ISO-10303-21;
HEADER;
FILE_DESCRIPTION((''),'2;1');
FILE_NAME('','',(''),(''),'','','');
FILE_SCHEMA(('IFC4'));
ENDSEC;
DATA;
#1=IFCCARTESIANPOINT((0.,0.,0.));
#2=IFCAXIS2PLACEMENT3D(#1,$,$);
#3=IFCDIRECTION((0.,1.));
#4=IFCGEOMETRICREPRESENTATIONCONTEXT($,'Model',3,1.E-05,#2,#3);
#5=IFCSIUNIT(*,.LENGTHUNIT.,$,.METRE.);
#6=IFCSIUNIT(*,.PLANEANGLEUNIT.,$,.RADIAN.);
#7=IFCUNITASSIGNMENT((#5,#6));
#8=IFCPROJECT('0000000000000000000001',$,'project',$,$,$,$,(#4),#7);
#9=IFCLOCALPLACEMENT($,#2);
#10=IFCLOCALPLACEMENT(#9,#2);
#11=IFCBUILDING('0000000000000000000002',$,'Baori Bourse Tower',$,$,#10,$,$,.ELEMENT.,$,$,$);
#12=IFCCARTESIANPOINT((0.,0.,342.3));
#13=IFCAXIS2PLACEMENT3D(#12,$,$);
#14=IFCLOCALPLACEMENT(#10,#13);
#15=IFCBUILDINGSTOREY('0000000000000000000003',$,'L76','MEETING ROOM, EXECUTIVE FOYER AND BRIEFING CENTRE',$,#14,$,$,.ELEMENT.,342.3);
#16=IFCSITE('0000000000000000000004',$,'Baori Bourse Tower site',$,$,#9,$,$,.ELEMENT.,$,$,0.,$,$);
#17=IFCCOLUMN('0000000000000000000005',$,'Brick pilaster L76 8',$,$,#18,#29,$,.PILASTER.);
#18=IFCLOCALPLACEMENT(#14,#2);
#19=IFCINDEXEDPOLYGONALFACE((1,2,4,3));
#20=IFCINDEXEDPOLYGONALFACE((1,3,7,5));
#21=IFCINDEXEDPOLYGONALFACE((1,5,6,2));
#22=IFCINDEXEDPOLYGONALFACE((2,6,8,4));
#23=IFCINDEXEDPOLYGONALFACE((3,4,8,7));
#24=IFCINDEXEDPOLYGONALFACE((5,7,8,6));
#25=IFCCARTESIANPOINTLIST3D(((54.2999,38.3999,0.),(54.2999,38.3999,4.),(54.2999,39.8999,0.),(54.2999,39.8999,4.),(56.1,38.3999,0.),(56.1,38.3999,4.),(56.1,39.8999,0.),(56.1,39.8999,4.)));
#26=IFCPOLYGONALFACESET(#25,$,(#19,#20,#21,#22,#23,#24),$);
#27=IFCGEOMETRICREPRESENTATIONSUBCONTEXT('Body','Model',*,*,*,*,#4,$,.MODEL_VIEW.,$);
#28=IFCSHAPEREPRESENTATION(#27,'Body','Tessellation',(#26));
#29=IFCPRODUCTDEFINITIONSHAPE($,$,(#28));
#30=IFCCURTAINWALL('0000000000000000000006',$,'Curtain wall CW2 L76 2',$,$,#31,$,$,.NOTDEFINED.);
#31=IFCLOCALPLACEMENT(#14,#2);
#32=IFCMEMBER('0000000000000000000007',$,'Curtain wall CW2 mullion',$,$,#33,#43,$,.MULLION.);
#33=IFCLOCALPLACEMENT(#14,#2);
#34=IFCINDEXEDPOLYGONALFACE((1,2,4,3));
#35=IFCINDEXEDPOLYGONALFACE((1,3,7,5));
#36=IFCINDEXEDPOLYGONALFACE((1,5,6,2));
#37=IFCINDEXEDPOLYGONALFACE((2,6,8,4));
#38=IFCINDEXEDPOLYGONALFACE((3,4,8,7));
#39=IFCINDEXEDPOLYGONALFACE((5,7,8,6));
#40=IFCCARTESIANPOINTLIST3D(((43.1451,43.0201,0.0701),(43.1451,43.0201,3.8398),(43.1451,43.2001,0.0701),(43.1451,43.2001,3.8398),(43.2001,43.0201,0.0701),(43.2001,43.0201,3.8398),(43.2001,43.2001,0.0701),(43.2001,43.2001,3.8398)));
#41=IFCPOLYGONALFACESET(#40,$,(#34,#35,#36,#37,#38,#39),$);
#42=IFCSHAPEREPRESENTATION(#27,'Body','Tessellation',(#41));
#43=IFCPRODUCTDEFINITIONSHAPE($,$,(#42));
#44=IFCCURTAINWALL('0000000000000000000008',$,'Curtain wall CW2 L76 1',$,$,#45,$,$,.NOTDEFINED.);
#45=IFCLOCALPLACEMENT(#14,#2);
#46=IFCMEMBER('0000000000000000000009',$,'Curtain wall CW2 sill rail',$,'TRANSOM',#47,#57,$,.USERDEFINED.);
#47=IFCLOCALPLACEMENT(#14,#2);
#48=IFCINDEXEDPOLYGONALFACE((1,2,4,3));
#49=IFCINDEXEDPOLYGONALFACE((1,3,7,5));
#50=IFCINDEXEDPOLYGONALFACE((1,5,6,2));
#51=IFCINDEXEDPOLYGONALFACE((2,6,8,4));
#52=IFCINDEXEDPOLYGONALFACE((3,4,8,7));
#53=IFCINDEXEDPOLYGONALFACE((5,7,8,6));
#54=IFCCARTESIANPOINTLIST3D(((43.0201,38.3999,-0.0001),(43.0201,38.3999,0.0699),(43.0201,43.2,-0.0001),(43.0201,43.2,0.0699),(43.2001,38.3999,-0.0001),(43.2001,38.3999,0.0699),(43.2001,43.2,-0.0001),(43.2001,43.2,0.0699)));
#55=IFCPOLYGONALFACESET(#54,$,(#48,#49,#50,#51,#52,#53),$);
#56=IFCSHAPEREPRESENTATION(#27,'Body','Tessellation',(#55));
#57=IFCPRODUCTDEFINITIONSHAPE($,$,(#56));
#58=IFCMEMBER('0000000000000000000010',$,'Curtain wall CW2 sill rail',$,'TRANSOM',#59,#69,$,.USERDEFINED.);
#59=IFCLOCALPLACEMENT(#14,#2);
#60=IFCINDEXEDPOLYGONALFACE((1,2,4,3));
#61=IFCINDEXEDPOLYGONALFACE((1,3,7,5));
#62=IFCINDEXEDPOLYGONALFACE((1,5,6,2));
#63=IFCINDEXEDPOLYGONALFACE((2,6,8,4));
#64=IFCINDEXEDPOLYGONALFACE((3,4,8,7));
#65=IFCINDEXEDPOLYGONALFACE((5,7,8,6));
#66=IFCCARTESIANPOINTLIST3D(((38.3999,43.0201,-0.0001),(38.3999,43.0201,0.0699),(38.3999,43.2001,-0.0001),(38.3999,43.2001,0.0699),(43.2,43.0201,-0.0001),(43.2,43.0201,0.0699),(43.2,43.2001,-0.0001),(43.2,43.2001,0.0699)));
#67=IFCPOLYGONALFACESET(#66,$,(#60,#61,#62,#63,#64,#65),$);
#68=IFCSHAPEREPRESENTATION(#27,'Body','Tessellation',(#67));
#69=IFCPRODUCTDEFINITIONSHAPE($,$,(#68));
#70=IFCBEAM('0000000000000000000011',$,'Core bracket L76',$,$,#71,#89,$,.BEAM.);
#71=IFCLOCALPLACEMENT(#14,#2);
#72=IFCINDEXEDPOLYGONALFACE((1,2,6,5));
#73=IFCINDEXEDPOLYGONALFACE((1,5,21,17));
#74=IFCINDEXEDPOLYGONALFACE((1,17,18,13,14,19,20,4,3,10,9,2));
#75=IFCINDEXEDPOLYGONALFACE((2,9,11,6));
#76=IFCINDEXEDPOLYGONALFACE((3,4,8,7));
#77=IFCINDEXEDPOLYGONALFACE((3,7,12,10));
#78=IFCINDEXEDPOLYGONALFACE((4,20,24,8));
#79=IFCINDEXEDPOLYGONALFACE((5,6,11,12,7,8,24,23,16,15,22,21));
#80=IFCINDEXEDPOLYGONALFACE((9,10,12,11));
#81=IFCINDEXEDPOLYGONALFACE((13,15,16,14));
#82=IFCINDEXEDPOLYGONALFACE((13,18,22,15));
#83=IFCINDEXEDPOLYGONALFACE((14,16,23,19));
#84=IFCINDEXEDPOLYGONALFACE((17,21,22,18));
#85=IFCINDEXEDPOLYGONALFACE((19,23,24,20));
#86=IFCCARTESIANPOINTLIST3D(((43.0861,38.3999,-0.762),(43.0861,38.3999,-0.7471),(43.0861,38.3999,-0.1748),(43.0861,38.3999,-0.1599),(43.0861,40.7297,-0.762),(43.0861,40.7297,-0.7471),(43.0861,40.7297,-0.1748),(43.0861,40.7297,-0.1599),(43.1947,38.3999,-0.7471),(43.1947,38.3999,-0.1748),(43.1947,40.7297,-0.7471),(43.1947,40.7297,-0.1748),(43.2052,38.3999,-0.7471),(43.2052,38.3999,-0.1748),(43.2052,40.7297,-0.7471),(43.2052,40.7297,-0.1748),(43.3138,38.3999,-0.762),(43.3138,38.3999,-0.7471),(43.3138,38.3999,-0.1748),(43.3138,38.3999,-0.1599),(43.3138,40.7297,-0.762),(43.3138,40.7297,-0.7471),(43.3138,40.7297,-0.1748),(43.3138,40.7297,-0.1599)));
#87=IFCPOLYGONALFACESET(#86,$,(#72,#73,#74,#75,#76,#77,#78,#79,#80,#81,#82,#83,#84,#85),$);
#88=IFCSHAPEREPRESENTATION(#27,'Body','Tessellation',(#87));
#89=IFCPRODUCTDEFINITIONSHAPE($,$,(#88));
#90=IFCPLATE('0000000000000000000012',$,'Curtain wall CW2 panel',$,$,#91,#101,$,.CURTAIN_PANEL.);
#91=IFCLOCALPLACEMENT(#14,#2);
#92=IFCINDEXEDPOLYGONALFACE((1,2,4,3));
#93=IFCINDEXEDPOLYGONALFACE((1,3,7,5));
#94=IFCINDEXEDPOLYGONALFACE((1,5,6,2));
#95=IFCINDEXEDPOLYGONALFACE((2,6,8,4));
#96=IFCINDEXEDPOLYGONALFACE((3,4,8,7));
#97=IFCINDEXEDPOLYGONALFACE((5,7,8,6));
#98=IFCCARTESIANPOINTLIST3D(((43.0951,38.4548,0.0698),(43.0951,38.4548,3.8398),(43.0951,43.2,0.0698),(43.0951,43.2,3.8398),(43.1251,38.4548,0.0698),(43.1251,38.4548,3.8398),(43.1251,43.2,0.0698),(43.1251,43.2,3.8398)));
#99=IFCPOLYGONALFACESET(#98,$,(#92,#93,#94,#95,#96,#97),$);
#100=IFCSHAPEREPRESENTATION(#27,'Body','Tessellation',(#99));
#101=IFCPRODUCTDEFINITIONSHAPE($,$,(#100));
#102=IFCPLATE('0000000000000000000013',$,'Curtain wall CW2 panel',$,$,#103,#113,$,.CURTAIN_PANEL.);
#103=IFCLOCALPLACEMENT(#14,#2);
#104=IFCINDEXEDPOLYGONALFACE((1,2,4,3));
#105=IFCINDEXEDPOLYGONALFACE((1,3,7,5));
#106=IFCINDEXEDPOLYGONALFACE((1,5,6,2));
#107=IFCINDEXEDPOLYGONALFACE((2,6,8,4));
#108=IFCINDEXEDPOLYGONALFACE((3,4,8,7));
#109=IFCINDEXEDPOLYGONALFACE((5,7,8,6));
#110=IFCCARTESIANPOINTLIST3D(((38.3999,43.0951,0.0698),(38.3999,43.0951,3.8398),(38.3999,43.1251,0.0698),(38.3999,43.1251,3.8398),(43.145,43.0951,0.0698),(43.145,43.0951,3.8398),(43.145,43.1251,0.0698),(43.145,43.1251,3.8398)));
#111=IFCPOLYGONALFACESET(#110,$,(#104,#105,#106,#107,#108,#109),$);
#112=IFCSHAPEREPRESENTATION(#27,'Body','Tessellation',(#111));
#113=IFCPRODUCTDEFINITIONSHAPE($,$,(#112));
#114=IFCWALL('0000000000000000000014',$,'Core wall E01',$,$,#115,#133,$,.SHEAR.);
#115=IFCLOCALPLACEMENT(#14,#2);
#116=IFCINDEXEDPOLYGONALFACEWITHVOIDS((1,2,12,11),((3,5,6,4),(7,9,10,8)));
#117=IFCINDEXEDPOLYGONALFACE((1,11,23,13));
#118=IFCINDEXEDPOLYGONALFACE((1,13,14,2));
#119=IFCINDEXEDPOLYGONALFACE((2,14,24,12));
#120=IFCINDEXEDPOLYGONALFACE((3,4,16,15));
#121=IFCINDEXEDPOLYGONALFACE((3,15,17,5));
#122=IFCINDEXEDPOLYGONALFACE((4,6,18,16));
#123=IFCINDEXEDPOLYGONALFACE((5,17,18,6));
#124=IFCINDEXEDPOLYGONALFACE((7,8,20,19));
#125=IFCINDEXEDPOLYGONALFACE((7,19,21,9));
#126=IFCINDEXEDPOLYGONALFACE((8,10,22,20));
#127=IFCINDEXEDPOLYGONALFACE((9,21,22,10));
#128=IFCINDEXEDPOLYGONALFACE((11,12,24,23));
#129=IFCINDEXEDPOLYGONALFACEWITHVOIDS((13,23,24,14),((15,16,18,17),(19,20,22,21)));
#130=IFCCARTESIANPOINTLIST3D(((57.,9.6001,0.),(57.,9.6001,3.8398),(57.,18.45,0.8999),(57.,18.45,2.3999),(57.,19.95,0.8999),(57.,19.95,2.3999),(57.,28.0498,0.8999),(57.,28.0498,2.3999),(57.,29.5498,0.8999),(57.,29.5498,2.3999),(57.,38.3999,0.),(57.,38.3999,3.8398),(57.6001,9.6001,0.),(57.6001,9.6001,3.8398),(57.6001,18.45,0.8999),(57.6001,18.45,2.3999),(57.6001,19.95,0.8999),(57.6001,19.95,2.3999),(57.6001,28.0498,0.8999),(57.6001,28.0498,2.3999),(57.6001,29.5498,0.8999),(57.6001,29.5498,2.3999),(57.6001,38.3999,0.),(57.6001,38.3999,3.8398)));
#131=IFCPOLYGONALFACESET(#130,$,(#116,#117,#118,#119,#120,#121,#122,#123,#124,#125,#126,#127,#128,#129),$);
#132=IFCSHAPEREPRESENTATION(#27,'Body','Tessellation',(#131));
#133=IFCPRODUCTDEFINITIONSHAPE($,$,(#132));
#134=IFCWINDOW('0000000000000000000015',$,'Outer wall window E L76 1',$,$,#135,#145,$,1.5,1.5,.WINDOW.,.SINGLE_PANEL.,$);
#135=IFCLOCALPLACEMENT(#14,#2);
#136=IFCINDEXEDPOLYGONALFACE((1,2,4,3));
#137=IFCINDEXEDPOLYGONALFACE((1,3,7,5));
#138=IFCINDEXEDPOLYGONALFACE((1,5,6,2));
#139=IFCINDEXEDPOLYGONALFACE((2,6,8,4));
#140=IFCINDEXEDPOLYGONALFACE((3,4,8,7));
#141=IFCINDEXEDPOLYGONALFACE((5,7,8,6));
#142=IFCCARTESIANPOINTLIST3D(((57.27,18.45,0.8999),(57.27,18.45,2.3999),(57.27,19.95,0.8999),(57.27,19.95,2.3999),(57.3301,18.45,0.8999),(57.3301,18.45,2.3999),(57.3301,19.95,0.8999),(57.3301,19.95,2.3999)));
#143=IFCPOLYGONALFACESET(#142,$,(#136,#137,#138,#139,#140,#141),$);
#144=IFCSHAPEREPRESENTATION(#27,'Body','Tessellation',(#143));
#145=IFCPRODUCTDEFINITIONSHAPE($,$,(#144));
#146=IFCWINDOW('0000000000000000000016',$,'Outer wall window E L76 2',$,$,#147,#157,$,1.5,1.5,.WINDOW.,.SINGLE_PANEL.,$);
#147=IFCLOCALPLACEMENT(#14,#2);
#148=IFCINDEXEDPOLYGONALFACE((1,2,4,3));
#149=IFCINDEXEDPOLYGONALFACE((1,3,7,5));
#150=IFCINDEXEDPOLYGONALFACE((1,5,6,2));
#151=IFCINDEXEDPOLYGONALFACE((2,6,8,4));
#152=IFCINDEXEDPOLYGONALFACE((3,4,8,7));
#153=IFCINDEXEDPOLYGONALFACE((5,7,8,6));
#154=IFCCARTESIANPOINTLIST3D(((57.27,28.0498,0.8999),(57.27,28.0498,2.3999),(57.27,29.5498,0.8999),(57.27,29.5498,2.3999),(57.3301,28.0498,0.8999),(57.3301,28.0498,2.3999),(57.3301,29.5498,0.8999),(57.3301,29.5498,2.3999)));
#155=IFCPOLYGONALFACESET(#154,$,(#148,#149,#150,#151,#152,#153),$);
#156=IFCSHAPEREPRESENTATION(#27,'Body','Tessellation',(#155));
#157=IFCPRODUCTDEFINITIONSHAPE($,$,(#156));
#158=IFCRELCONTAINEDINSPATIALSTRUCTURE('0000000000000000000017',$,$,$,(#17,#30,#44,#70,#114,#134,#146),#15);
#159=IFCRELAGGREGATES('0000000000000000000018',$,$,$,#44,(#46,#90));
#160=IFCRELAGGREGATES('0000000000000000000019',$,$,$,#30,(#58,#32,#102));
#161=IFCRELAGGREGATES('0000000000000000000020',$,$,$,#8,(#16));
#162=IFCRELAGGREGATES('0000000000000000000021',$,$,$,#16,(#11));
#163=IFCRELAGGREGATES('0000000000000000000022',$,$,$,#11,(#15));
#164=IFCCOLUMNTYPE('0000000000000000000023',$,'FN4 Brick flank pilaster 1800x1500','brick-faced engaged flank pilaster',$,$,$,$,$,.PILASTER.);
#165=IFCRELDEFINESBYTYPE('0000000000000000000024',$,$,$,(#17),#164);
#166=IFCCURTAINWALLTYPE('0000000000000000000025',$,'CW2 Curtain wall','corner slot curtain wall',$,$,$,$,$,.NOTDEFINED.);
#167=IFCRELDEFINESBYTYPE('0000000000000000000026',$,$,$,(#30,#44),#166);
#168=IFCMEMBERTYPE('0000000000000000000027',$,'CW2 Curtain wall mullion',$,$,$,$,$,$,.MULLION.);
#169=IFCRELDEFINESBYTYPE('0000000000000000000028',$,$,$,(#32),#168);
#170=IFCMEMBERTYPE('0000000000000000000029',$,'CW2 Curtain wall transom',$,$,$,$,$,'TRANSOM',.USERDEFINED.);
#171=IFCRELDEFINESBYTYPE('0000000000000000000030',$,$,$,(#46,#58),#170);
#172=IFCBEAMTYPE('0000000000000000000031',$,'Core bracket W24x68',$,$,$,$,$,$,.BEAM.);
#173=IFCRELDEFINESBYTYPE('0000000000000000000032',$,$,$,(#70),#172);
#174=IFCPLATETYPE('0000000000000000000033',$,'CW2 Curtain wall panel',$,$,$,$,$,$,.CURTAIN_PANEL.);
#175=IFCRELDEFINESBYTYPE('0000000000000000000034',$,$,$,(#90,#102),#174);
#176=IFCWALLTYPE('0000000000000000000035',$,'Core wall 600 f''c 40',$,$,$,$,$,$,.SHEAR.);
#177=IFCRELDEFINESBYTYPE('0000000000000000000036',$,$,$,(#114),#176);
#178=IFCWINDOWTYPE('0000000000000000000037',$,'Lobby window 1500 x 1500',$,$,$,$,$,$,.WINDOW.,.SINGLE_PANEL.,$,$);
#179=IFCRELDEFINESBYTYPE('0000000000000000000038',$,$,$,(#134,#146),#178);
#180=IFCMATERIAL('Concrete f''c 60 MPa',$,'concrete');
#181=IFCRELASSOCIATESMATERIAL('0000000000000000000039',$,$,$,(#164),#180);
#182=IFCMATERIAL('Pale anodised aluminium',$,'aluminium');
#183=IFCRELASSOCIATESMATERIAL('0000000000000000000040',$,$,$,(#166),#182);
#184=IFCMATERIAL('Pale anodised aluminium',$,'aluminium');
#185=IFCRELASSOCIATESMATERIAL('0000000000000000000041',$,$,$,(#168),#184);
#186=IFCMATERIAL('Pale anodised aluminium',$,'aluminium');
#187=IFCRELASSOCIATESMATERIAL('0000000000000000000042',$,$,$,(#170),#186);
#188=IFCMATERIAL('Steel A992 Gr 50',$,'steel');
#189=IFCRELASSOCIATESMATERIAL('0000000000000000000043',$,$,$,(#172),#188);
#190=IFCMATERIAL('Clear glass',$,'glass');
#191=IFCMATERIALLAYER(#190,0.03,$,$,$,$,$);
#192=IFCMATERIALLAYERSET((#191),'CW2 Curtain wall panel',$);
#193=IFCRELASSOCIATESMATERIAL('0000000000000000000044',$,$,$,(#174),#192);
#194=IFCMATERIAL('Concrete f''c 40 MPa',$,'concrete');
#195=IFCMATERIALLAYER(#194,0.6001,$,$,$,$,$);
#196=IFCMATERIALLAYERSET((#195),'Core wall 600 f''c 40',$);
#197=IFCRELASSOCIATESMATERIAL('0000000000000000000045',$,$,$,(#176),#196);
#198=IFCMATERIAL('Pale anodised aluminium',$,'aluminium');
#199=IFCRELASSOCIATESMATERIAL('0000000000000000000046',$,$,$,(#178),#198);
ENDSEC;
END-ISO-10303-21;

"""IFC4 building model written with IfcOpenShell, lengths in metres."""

from ifc_helpers import new_model, si_unit, direction, frame, frame_2d, origin, origin_2d, place, context, subcontext, project, spatial, rectangle, i_section, extrude, material, layer, layer_set, material_profile, profile_set, type_object, element, fill, aggregate, save


model = new_model("IFC4")

# Units and contexts
model_context = context("Model", 3, precision=1e-05, world=origin(), true_north=direction((0.0, 1.0)))
body_context = subcontext(model_context, "Body", "Model", "MODEL_VIEW")
ifc_project = project(units=[si_unit("LENGTHUNIT", "METRE"), si_unit("PLANEANGLEUNIT", "RADIAN")], contexts=[model_context])

# Site, building, storey
site_placement = place(None, origin())
site = spatial("IfcSite", under=ifc_project, at=site_placement, Name="Baori Bourse Tower site", CompositionType="ELEMENT", RefElevation=0.0)
building_placement = place(site_placement, origin())
building = spatial("IfcBuilding", under=site, at=building_placement, Name="Baori Bourse Tower", CompositionType="ELEMENT")
storey_placement = place(building_placement, frame((0.0, 0.0, 342.3)))
storey = spatial("IfcBuildingStorey", under=building, at=storey_placement, Name="L76", Description="MEETING ROOM, EXECUTIVE FOYER AND BRIEFING CENTRE", CompositionType="ELEMENT", Elevation=342.3)

# Column
ifc_material_1 = material(Name="Concrete f'c 60 MPa", Category="concrete")
ifc_material_profile_1 = material_profile(ifc_material_1, rectangle(XDim=1.8, YDim=1.5, at=origin_2d()), Name="RC 1800x1500")
ifc_profile_set_1 = profile_set([ifc_material_profile_1], Name="Concrete f'c 60 MPa")
column_type = type_object("IfcColumnType", Name="FN4 Brick flank pilaster 1800x1500", Description="brick-faced engaged flank pilaster", PredefinedType="PILASTER", material=ifc_profile_set_1)
column_placement = place(storey_placement, frame((55.2, 39.1499, 0.0), z_axis=(0.0, 0.0, 1.0), x_axis=(1.0, 0.0, 0.0)))
element("IfcColumn", 1, at=column_placement, inside=storey, type_object=column_type, Name="Brick pilaster L76 8", PredefinedType="PILASTER", context=body_context, shape_type="SweptSolid", body=[
    extrude(rectangle(XDim=1.8, YDim=1.5, at=origin_2d()), origin(), (0.0, 0.0, 1.0), 4.0),
])

# Curtain walls, members
ifc_material_2 = material(Name="Pale anodised aluminium", Category="aluminium")
curtain_wall_type = type_object("IfcCurtainWallType", Name="CW2 Curtain wall", Description="corner slot curtain wall", PredefinedType="NOTDEFINED", material=ifc_material_2)
curtain_wall_1_placement = place(storey_placement, origin())
curtain_wall_1 = element("IfcCurtainWall", 2, at=curtain_wall_1_placement, inside=storey, type_object=curtain_wall_type, Name="Curtain wall CW2 L76 2", PredefinedType="NOTDEFINED")
ifc_material_3 = material(Name="Pale anodised aluminium", Category="aluminium")
ifc_material_profile_2 = material_profile(ifc_material_3, rectangle(XDim=0.1799, YDim=0.0549, at=origin_2d()), Name="Mullion 55x180")
ifc_profile_set_2 = profile_set([ifc_material_profile_2], Name="Pale anodised aluminium")
member_type_1 = type_object("IfcMemberType", Name="CW2 Curtain wall mullion", PredefinedType="MULLION", material=ifc_profile_set_2)
member_1_placement = place(storey_placement, frame((43.1726, 43.1101, 0.0701), z_axis=(0.0, 0.0, 1.0), x_axis=(0.0, -1.0, 0.0)))
member_1 = element("IfcMember", 3, at=member_1_placement, type_object=member_type_1, Name="Curtain wall CW2 mullion", PredefinedType="MULLION", context=body_context, shape_type="SweptSolid", body=[
    extrude(rectangle(XDim=0.1799, YDim=0.0549, at=origin_2d()), origin(), (0.0, 0.0, 1.0), 3.7698),
])
curtain_wall_2_placement = place(storey_placement, origin())
curtain_wall_2 = element("IfcCurtainWall", 4, at=curtain_wall_2_placement, inside=storey, type_object=curtain_wall_type, Name="Curtain wall CW2 L76 1", PredefinedType="NOTDEFINED")
ifc_material_4 = material(Name="Pale anodised aluminium", Category="aluminium")
ifc_material_profile_3 = material_profile(ifc_material_4, rectangle(XDim=0.1799, YDim=0.0701, at=origin_2d()), Name="Transom 70x180")
ifc_profile_set_3 = profile_set([ifc_material_profile_3], Name="Pale anodised aluminium")
member_type_2 = type_object("IfcMemberType", Name="CW2 Curtain wall transom", ElementType="TRANSOM", PredefinedType="USERDEFINED", material=ifc_profile_set_3)
member_2_placement = place(storey_placement, frame((43.1101, 38.3999, 0.0349), z_axis=(0.0, 1.0, 0.0), x_axis=(-1.0, 0.0, 0.0)))
member_2 = element("IfcMember", 5, at=member_2_placement, type_object=member_type_2, Name="Curtain wall CW2 sill rail", ObjectType="TRANSOM", PredefinedType="USERDEFINED", context=body_context, shape_type="SweptSolid", body=[
    extrude(rectangle(XDim=0.1799, YDim=0.0701, at=origin_2d()), origin(), (0.0, 0.0, 1.0), 4.8),
])

# Member
member_3_placement = place(storey_placement, frame((43.2, 43.1101, 0.0349), z_axis=(-1.0, 0.0, 0.0), x_axis=(0.0, -1.0, 0.0)))
member_3 = element("IfcMember", 6, at=member_3_placement, type_object=member_type_2, Name="Curtain wall CW2 sill rail", ObjectType="TRANSOM", PredefinedType="USERDEFINED", context=body_context, shape_type="SweptSolid", body=[
    extrude(rectangle(XDim=0.1799, YDim=0.0701, at=origin_2d()), origin(), (0.0, 0.0, 1.0), 4.8),
])

# Beam
ifc_material_5 = material(Name="Steel A992 Gr 50", Category="steel")
ifc_material_profile_4 = material_profile(ifc_material_5, i_section(OverallWidth=0.2278, OverallDepth=0.6021, WebThickness=0.0105, FlangeThickness=0.0149, at=origin_2d()), Name="W24x68")
ifc_profile_set_4 = profile_set([ifc_material_profile_4], Name="Steel A992 Gr 50")
beam_type = type_object("IfcBeamType", Name="Core bracket W24x68", PredefinedType="BEAM", material=ifc_profile_set_4)
beam_placement = place(storey_placement, frame((43.2, 38.3999, -0.4609), z_axis=(0.0, 1.0, 0.0), x_axis=(-1.0, 0.0, 0.0)))
element("IfcBeam", 7, at=beam_placement, inside=storey, type_object=beam_type, Name="Core bracket L76", PredefinedType="BEAM", context=body_context, shape_type="SweptSolid", body=[
    extrude(i_section(OverallWidth=0.2278, OverallDepth=0.6021, WebThickness=0.0105, FlangeThickness=0.0149, at=origin_2d()), origin(), (0.0, 0.0, 1.0), 2.3298),
])

# Plates
ifc_material_6 = material(Name="Clear glass", Category="glass")
ifc_layer_1 = layer(ifc_material_6, 0.03)
ifc_layer_set_1 = layer_set([ifc_layer_1], Name="CW2 Curtain wall panel")
plate_type = type_object("IfcPlateType", Name="CW2 Curtain wall panel", PredefinedType="CURTAIN_PANEL", material=ifc_layer_set_1)
plate_1_placement = place(storey_placement, frame((43.1101, 40.8274, 0.0698), z_axis=(0.0, 0.0, 1.0), x_axis=(0.0, 1.0, 0.0)))
plate_1 = element("IfcPlate", 8, at=plate_1_placement, type_object=plate_type, Name="Curtain wall CW2 panel", PredefinedType="CURTAIN_PANEL", context=body_context, shape_type="SweptSolid", body=[
    extrude(rectangle(XDim=4.7451, YDim=0.03, at=origin_2d()), origin(), (0.0, 0.0, 1.0), 3.77),
])
aggregate(curtain_wall_2, [member_2, plate_1])
plate_2_placement = place(storey_placement, frame((40.7725, 43.1101, 0.0698), z_axis=(0.0, 0.0, 1.0), x_axis=(-1.0, 0.0, 0.0)))
plate_2 = element("IfcPlate", 9, at=plate_2_placement, type_object=plate_type, Name="Curtain wall CW2 panel", PredefinedType="CURTAIN_PANEL", context=body_context, shape_type="SweptSolid", body=[
    extrude(rectangle(XDim=4.7451, YDim=0.03, at=origin_2d()), origin(), (0.0, 0.0, 1.0), 3.77),
])
aggregate(curtain_wall_1, [member_3, member_1, plate_2])

# Wall, openings, windows
ifc_material_7 = material(Name="Concrete f'c 40 MPa", Category="concrete")
ifc_layer_2 = layer(ifc_material_7, 0.6001)
ifc_layer_set_2 = layer_set([ifc_layer_2], Name="Core wall 600 f'c 40")
wall_type_1 = type_object("IfcWallType", Name="Core wall 600 f'c 40", PredefinedType="SHEAR", material=ifc_layer_set_2)
wall_1_placement = place(storey_placement, frame((57.3, 38.3999, 0.0), z_axis=(0.0, 0.0, 1.0), x_axis=(0.0, -1.0, 0.0)))
wall_1 = element("IfcWall", 10, at=wall_1_placement, inside=storey, type_object=wall_type_1, Name="Core wall E01", PredefinedType="SHEAR", context=body_context, shape_type="SweptSolid", body=[
    extrude(rectangle(XDim=28.7998, YDim=0.6001, at=frame_2d((14.3999, 0.0))), origin(), (0.0, 0.0, 1.0), 3.8398),
])
opening_1_placement = place(wall_1_placement, frame((18.45, 0.0, 0.8999)))
opening_1 = element("IfcOpeningElement", 11, at=opening_1_placement, cuts=wall_1, PredefinedType="OPENING", context=body_context, shape_type="SweptSolid", body=[
    extrude(rectangle(XDim=1.5, YDim=1.5, at=frame_2d((0.75, 0.75))), frame((0.0, 0.3101, 0.0), z_axis=(0.0, -1.0, 0.0), x_axis=(1.0, 0.0, 0.0)), (0.0, 0.0, 1.0), 0.6201),
])
opening_2_placement = place(wall_1_placement, frame((8.8501, 0.0, 0.8999)))
opening_2 = element("IfcOpeningElement", 12, at=opening_2_placement, cuts=wall_1, PredefinedType="OPENING", context=body_context, shape_type="SweptSolid", body=[
    extrude(rectangle(XDim=1.5, YDim=1.5, at=frame_2d((0.75, 0.75))), frame((0.0, 0.3101, 0.0), z_axis=(0.0, -1.0, 0.0), x_axis=(1.0, 0.0, 0.0)), (0.0, 0.0, 1.0), 0.6201),
])
ifc_material_8 = material(Name="Pale anodised aluminium", Category="aluminium")
window_type_1 = type_object("IfcWindowType", Name="Lobby window 1500 x 1500", PartitioningType="SINGLE_PANEL", PredefinedType="WINDOW", material=ifc_material_8)
window_1_placement = place(opening_1_placement, origin())
window_1 = element("IfcWindow", 13, at=window_1_placement, inside=storey, type_object=window_type_1, Name="Outer wall window E L76 1", OverallHeight=1.5, OverallWidth=1.5, PartitioningType="SINGLE_PANEL", PredefinedType="WINDOW", context=body_context, shape_type="SweptSolid", body=[
    extrude(rectangle(XDim=1.5, YDim=1.5, at=frame_2d((0.75, 0.75))), frame((0.0, 0.03, 0.0), z_axis=(0.0, -1.0, 0.0), x_axis=(1.0, 0.0, 0.0)), (0.0, 0.0, 1.0), 0.0601),
])
fill(opening_1, window_1)
window_2_placement = place(opening_2_placement, origin())
window_2 = element("IfcWindow", 14, at=window_2_placement, inside=storey, type_object=window_type_1, Name="Outer wall window E L76 2", OverallHeight=1.5, OverallWidth=1.5, PartitioningType="SINGLE_PANEL", PredefinedType="WINDOW", context=body_context, shape_type="SweptSolid", body=[
    extrude(rectangle(XDim=1.5, YDim=1.5, at=frame_2d((0.75, 0.75))), frame((0.0, 0.03, 0.0), z_axis=(0.0, -1.0, 0.0), x_axis=(1.0, 0.0, 0.0)), (0.0, 0.0, 1.0), 0.0601),
])
fill(opening_2, window_2)

save(model, "model.ifc")
